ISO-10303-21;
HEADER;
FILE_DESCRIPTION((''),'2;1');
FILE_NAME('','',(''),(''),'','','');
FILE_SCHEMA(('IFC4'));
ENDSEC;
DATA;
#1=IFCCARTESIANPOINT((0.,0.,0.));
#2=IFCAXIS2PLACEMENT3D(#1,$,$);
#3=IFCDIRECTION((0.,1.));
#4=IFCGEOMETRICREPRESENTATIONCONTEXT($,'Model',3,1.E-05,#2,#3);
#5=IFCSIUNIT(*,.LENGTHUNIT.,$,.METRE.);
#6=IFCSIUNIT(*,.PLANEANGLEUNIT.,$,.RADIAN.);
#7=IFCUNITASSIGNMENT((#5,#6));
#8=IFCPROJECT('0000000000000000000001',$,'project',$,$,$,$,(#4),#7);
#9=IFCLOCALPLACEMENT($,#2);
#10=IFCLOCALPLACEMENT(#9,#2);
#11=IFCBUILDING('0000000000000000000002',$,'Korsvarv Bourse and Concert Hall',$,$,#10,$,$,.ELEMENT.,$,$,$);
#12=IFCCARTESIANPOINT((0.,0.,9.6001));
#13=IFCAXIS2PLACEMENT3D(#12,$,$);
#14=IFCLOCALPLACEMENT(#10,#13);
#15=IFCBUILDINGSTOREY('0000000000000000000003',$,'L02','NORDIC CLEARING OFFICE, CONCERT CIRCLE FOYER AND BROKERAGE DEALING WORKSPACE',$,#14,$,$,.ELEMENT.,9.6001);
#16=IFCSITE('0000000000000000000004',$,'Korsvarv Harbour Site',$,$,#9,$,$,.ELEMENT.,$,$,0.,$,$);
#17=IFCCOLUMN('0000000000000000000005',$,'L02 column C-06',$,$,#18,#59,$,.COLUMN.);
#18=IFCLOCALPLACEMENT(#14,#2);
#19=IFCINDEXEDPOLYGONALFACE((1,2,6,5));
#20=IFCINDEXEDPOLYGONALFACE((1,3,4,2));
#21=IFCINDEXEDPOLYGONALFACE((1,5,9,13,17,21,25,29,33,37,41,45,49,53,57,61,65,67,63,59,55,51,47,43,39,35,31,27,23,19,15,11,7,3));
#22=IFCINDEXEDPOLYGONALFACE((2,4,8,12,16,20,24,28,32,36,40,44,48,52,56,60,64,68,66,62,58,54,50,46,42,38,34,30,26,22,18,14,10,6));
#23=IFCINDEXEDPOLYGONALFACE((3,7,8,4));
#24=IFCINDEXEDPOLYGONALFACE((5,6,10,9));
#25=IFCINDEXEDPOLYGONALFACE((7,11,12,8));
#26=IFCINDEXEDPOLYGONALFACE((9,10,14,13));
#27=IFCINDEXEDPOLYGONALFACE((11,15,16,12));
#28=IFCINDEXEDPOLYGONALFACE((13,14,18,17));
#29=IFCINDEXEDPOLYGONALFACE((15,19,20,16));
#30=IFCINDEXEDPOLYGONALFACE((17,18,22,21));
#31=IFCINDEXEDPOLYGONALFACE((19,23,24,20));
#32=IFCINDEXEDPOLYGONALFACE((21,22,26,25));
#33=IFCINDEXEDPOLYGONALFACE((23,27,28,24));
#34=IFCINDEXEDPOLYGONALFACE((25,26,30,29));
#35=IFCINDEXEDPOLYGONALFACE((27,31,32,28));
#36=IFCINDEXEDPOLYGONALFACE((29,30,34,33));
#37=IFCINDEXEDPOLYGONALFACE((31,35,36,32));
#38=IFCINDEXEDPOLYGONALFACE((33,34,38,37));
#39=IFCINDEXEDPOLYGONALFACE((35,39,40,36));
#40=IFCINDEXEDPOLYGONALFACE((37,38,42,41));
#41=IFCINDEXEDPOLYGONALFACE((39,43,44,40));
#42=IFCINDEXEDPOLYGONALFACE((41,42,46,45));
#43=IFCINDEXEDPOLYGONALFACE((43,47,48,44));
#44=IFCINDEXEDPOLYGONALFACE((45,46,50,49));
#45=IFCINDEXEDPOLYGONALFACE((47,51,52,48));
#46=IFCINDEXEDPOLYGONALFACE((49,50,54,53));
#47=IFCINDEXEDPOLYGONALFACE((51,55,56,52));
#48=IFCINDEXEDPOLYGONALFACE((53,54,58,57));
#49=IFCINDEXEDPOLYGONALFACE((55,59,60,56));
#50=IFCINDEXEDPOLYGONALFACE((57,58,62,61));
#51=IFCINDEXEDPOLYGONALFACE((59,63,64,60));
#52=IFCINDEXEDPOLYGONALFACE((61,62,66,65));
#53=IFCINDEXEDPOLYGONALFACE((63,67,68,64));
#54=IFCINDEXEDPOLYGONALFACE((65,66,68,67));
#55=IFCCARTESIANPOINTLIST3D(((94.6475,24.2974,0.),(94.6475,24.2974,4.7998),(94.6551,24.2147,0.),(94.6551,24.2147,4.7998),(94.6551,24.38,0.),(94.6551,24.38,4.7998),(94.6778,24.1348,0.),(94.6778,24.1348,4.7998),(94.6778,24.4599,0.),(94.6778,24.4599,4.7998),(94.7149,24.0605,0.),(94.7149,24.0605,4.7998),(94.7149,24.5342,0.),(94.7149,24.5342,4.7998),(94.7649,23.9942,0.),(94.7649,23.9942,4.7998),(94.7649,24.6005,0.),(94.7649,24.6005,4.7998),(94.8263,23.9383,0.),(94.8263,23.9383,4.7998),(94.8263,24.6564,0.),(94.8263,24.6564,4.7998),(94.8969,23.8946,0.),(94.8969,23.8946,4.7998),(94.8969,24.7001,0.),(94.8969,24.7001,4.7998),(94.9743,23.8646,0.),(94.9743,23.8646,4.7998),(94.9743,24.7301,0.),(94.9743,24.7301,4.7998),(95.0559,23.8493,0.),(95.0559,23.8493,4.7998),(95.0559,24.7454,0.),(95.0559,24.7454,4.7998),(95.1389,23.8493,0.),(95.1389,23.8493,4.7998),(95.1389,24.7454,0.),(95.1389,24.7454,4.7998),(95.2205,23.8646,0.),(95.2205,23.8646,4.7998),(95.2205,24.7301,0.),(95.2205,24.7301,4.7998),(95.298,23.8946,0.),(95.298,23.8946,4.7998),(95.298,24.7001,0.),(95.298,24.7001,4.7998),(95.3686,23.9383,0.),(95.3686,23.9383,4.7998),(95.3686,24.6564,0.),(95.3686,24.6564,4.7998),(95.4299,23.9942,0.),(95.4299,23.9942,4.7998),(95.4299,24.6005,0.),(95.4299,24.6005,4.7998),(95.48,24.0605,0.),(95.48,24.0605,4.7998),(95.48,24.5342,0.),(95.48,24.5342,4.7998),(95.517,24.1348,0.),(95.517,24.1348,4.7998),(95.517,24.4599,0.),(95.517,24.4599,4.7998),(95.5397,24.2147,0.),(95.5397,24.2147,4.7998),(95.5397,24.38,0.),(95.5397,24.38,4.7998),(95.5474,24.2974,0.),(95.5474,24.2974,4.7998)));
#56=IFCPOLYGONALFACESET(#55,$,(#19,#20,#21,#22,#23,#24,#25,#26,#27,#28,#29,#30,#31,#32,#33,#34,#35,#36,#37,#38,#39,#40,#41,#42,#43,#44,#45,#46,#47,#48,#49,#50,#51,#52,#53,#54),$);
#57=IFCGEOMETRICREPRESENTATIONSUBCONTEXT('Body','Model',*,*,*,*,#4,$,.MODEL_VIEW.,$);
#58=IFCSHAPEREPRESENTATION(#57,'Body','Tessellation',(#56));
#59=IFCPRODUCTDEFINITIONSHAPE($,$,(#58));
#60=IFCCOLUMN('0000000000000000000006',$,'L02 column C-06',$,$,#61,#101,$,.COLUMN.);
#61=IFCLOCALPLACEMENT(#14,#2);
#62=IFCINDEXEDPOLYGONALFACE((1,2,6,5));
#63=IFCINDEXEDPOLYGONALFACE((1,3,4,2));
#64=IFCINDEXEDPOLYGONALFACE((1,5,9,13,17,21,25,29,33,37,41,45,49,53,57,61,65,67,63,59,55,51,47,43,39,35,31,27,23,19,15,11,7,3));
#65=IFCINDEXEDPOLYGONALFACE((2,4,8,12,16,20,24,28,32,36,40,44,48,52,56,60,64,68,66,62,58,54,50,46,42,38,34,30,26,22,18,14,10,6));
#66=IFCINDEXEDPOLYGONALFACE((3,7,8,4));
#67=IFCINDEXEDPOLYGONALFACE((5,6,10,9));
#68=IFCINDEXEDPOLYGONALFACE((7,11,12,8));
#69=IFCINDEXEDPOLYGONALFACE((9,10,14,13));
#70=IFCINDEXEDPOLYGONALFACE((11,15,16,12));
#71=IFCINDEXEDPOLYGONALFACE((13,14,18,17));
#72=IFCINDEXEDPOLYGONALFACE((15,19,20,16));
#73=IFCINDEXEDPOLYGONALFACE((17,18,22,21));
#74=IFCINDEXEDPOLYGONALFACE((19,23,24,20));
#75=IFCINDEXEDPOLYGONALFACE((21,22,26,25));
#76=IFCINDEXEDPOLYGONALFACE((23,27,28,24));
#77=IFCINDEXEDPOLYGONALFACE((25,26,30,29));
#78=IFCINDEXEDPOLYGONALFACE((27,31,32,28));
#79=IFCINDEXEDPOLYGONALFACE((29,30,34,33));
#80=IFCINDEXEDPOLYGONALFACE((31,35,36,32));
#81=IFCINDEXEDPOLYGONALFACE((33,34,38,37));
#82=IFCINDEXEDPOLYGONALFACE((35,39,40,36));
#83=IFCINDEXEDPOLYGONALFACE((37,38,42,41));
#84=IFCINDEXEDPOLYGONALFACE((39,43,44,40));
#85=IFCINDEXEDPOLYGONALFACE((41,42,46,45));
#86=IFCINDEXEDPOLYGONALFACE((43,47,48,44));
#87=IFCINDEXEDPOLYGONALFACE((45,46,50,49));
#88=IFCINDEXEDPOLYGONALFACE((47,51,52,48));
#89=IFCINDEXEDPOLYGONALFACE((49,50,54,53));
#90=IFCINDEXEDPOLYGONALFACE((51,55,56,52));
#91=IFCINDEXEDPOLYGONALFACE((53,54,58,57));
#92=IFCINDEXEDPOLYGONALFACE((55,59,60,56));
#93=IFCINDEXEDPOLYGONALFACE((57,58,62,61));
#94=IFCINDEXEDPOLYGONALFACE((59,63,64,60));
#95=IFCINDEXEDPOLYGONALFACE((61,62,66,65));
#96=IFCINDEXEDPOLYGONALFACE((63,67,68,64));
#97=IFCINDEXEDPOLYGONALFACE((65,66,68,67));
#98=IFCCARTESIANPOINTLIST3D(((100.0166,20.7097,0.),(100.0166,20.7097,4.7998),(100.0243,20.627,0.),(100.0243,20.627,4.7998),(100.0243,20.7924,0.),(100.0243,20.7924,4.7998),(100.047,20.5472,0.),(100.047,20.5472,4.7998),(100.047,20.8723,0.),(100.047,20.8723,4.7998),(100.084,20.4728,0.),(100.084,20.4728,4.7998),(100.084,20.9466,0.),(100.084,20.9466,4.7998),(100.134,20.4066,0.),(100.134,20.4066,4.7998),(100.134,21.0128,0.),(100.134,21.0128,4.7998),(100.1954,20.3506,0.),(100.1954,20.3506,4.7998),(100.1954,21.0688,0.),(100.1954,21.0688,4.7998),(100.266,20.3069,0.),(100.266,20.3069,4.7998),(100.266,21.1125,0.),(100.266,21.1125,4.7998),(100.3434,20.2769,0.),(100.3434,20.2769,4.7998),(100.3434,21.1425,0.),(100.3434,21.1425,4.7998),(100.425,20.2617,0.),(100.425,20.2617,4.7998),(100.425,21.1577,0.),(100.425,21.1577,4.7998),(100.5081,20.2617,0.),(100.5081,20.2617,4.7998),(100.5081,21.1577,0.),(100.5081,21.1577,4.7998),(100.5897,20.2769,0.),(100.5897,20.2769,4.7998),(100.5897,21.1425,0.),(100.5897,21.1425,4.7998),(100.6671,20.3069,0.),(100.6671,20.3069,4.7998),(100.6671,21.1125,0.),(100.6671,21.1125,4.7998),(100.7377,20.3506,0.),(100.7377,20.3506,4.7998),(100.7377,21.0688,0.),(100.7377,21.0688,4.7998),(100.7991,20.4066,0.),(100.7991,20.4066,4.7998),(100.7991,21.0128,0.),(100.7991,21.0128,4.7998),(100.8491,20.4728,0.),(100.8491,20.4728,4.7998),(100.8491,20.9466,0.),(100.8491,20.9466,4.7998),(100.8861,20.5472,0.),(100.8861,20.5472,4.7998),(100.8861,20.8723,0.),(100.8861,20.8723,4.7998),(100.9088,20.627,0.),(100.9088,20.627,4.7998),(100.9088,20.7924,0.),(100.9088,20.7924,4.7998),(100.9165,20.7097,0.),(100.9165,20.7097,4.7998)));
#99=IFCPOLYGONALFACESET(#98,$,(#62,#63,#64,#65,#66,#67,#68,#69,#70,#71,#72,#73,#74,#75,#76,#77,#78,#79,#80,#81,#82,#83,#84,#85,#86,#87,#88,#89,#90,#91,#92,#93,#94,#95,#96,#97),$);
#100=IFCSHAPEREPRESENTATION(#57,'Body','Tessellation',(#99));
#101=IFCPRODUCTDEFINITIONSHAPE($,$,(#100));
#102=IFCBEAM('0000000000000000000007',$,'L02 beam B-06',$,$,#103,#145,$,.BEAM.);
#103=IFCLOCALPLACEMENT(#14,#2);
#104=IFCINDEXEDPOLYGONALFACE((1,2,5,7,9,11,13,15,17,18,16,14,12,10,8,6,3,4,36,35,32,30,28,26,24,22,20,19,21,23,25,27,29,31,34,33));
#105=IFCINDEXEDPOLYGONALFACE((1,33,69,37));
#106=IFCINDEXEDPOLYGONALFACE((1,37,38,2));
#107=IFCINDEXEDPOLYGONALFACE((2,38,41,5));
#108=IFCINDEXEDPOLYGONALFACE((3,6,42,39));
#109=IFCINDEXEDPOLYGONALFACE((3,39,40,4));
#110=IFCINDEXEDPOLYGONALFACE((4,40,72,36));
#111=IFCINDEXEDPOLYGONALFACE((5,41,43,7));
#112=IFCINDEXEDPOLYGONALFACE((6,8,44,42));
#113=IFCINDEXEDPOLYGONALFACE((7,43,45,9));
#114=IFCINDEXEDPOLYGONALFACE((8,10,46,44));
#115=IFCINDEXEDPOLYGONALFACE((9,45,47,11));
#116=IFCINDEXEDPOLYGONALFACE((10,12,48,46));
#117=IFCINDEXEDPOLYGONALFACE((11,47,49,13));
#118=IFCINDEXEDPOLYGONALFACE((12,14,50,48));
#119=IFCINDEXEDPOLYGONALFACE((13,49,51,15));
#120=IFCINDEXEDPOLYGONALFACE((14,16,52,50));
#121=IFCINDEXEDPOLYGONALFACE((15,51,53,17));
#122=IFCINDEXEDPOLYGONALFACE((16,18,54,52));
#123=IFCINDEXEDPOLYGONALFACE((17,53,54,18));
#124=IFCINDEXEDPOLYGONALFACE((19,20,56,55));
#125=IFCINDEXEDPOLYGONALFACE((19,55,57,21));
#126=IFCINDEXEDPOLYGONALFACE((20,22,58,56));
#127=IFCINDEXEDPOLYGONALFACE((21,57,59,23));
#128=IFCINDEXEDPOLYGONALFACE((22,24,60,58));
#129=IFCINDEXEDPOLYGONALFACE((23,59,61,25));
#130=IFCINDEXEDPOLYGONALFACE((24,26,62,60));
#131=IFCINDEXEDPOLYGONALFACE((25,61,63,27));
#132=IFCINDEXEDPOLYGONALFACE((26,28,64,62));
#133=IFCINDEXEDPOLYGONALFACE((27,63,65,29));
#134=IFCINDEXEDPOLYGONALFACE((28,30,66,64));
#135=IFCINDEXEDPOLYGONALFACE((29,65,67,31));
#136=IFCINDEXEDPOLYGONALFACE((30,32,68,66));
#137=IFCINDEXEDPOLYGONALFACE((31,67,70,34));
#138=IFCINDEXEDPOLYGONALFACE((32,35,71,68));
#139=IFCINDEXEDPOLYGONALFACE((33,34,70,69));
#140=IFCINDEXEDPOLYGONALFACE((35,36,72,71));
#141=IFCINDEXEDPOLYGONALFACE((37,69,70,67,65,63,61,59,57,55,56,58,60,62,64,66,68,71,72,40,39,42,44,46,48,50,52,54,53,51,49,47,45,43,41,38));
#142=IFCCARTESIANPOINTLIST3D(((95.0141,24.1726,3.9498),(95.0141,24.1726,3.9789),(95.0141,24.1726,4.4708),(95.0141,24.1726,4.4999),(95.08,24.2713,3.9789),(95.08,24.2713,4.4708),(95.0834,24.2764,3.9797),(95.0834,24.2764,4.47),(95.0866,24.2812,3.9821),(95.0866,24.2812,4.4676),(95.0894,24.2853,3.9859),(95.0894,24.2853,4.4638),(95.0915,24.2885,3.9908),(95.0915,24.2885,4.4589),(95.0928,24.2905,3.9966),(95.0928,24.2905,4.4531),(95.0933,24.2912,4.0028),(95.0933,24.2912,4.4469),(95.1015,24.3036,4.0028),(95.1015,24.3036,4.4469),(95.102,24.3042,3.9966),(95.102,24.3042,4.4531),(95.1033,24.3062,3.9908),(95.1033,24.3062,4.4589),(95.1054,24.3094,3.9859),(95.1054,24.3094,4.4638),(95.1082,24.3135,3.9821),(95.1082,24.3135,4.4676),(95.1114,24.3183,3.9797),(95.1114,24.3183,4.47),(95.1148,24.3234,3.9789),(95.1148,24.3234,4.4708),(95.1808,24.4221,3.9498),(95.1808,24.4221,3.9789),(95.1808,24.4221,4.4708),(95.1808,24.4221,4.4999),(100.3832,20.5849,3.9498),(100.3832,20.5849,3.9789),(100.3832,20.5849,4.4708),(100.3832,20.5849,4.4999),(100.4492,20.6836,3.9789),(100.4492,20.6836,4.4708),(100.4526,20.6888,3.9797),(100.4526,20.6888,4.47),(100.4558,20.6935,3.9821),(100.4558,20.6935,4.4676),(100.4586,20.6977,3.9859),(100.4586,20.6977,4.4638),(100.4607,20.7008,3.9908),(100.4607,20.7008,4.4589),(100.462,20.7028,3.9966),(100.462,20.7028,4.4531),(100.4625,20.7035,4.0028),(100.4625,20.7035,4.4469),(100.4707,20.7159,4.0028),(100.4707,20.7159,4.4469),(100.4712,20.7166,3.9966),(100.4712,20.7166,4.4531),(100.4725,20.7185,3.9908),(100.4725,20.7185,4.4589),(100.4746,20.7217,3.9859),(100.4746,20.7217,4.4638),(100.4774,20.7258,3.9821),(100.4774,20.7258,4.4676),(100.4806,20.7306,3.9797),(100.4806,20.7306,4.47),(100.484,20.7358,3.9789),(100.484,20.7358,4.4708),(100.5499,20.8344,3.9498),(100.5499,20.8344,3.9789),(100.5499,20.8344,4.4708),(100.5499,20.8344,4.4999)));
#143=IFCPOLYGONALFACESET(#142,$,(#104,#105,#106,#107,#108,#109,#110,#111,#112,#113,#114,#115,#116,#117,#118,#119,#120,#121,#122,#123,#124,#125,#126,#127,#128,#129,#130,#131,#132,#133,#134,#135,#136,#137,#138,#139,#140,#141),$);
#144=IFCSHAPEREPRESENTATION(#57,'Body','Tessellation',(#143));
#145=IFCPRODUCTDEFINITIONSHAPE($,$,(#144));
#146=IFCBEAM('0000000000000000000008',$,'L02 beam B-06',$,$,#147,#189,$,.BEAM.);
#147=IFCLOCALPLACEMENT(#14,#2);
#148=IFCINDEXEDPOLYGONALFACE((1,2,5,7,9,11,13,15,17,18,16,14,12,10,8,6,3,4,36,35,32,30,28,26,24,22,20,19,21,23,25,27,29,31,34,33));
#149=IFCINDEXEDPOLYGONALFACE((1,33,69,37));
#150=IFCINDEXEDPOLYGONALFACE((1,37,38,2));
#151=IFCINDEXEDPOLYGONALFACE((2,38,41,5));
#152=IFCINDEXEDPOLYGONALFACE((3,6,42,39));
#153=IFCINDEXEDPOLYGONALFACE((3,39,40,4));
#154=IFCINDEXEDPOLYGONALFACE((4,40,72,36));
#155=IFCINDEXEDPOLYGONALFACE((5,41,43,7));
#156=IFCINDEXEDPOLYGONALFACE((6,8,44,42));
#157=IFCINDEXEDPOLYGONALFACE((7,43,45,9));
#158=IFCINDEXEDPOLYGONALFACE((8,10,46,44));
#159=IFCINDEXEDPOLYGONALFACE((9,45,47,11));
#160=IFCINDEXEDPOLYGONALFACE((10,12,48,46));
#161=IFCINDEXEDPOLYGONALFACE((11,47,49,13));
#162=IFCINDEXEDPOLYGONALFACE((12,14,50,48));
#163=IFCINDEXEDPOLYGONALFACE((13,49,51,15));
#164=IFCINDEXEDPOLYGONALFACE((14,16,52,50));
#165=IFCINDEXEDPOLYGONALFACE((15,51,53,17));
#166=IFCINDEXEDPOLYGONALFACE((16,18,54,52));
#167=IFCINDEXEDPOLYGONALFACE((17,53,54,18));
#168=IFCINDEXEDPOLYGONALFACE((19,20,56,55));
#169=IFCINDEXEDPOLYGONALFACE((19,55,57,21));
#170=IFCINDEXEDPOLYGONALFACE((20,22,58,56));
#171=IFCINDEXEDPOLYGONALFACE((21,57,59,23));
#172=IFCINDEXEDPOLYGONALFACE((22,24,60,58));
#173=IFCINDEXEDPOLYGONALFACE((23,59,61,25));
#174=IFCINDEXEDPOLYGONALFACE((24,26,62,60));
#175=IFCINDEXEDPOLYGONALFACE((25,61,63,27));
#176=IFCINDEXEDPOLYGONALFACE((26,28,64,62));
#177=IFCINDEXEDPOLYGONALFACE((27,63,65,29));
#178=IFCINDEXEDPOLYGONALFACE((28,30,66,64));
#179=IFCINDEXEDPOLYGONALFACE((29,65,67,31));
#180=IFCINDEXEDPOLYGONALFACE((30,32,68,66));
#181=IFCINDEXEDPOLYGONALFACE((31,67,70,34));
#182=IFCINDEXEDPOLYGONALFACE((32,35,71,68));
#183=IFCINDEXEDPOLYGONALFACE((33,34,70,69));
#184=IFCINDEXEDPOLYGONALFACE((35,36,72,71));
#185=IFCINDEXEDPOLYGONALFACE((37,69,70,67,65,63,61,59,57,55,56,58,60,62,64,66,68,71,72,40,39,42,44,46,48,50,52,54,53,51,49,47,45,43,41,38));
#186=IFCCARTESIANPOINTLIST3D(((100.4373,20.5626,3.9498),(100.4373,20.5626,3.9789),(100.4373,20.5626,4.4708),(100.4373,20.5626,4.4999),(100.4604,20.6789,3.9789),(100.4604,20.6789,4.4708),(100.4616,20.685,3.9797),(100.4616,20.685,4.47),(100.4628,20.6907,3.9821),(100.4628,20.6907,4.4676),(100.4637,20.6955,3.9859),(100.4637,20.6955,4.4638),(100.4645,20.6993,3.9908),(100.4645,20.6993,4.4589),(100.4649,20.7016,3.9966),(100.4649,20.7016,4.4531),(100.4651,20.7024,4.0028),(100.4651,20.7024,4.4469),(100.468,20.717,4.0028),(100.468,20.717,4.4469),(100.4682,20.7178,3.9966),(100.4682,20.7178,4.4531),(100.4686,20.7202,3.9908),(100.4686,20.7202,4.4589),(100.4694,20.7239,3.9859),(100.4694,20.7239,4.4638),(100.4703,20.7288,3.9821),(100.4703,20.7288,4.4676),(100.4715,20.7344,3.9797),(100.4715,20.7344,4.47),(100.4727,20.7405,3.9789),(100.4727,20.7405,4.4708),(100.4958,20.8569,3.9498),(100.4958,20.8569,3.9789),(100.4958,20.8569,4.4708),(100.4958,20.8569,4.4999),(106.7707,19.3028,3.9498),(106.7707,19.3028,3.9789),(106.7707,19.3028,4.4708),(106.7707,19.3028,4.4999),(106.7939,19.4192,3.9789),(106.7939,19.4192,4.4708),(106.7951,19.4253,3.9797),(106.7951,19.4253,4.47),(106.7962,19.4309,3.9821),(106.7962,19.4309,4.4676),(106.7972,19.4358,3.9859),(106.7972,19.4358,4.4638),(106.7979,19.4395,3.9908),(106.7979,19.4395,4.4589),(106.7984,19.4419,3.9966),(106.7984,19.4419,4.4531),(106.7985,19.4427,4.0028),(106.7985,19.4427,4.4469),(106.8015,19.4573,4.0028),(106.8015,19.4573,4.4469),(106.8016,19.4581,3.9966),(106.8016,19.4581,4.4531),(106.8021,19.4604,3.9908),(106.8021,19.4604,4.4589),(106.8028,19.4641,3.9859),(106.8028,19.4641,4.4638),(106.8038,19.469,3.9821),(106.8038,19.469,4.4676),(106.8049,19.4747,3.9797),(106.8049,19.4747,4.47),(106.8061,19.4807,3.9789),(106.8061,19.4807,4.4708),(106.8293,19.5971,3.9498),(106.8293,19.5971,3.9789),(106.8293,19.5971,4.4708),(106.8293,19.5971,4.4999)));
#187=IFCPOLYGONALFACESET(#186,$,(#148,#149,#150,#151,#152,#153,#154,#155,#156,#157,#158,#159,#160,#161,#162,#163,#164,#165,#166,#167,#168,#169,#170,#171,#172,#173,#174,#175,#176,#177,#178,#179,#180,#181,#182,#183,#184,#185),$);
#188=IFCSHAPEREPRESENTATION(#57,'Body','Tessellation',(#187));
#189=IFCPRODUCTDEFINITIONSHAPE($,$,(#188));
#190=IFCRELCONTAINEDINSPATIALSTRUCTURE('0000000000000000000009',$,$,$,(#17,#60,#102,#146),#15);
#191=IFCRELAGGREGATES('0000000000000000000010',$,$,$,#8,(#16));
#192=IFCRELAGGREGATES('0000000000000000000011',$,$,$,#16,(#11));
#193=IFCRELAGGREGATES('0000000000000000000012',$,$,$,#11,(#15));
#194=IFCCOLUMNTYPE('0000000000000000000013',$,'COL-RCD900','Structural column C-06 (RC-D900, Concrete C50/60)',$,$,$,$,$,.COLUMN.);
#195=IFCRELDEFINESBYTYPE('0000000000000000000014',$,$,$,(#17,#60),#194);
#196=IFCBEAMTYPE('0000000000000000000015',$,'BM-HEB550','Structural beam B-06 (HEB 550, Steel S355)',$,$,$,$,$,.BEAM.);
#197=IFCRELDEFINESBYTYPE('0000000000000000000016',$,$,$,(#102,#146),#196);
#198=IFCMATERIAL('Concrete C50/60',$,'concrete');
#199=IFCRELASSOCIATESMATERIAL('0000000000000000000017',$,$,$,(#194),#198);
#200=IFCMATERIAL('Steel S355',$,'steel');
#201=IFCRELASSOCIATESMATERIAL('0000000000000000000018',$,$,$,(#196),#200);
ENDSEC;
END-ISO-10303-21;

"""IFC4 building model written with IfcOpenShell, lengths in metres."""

from ifc_helpers import new_model, si_unit, direction, frame, origin, origin_2d, place, context, subcontext, project, spatial, circle, i_section, extrude, source, transform, mapped, material, material_profile, profile_set, type_object, element, save


model = new_model("IFC4")

# Units and contexts
model_context = context("Model", 3, precision=1e-05, world=origin(), true_north=direction((0.0, 1.0)))
body_context = subcontext(model_context, "Body", "Model", "MODEL_VIEW")
ifc_project = project(units=[si_unit("LENGTHUNIT", "METRE"), si_unit("PLANEANGLEUNIT", "RADIAN")], contexts=[model_context])

# Site, building, storey
site_placement = place(None, origin())
site = spatial("IfcSite", under=ifc_project, at=site_placement, Name="Korsvarv Harbour Site", CompositionType="ELEMENT", RefElevation=0.0)
building_placement = place(site_placement, origin())
building = spatial("IfcBuilding", under=site, at=building_placement, Name="Korsvarv Bourse and Concert Hall", CompositionType="ELEMENT")
storey_placement = place(building_placement, frame((0.0, 0.0, 9.6001)))
storey = spatial("IfcBuildingStorey", under=building, at=storey_placement, Name="L02", Description="NORDIC CLEARING OFFICE, CONCERT CIRCLE FOYER AND BROKERAGE DEALING WORKSPACE", CompositionType="ELEMENT", Elevation=9.6001)

# Columns
ifc_material_1 = material(Name="Concrete C50/60", Category="concrete")
ifc_material_profile_1 = material_profile(ifc_material_1, circle(Radius=0.45, at=origin_2d()), Name="RC-D900")
ifc_profile_set_1 = profile_set([ifc_material_profile_1], Name="Concrete C50/60")
column_type = type_object("IfcColumnType", Name="COL-RCD900", Description="Structural column C-06 (RC-D900, Concrete C50/60)", PredefinedType="COLUMN", material=ifc_profile_set_1)
shared_shape_1 = source(origin(), body_context, "Body", "SweptSolid", [
    extrude(circle(Radius=0.45, at=origin_2d()), origin(), (0.0, 0.0, 1.0), 4.7998),
])
for number, where, z_axis, x_axis, name in (
    (1, (95.0974, 24.2974, 0.0), (0.0, 0.0, 1.0), (1.0, 0.0, 0.0), "L02 column C-06"),
    (2, (100.4666, 20.7097, 0.0), (0.0, 0.0, 1.0), (1.0, 0.0, 0.0), "L02 column C-06"),
):
    element("IfcColumn", number, at=place(storey_placement, frame(where, z_axis=z_axis, x_axis=x_axis)), inside=storey, type_object=column_type, Name=name, PredefinedType="COLUMN", context=body_context, shape_type="MappedRepresentation", body=[
        mapped(shared_shape_1, transform((0.0, 0.0, 0.0), scale=1.0)),
    ])

# Beams
ifc_material_2 = material(Name="Steel S355", Category="steel")
ifc_material_profile_2 = material_profile(ifc_material_2, i_section(OverallWidth=0.3, OverallDepth=0.55, WebThickness=0.0149, FlangeThickness=0.0291, FilletRadius=0.0239, at=origin_2d()), Name="HEB 550")
ifc_profile_set_2 = profile_set([ifc_material_profile_2], Name="Steel S355")
beam_type = type_object("IfcBeamType", Name="BM-HEB550", Description="Structural beam B-06 (HEB 550, Steel S355)", PredefinedType="BEAM", material=ifc_profile_set_2)
shared_shape_2 = source(origin(), body_context, "Body", "SweptSolid", [
    extrude(i_section(OverallWidth=0.3, OverallDepth=0.55, WebThickness=0.0149, FlangeThickness=0.0291, FilletRadius=0.0239, at=origin_2d()), origin(), (0.0, 0.0, 1.0), 6.4575),
])
for number, where, z_axis, x_axis, name in (
    (3, (95.0974, 24.2974, 4.2249), (0.831462, -0.555581, 0.0), (0.555581, 0.831462, 0.0), "L02 beam B-06"),
    (4, (100.4666, 20.7097, 4.2249), (0.980787, -0.195084, 0.0), (0.195084, 0.980787, 0.0), "L02 beam B-06"),
):
    element("IfcBeam", number, at=place(storey_placement, frame(where, z_axis=z_axis, x_axis=x_axis)), inside=storey, type_object=beam_type, Name=name, PredefinedType="BEAM", context=body_context, shape_type="MappedRepresentation", body=[
        mapped(shared_shape_2, transform((0.0, 0.0, 0.0), scale=1.0)),
    ])

save(model, "model.ifc")
